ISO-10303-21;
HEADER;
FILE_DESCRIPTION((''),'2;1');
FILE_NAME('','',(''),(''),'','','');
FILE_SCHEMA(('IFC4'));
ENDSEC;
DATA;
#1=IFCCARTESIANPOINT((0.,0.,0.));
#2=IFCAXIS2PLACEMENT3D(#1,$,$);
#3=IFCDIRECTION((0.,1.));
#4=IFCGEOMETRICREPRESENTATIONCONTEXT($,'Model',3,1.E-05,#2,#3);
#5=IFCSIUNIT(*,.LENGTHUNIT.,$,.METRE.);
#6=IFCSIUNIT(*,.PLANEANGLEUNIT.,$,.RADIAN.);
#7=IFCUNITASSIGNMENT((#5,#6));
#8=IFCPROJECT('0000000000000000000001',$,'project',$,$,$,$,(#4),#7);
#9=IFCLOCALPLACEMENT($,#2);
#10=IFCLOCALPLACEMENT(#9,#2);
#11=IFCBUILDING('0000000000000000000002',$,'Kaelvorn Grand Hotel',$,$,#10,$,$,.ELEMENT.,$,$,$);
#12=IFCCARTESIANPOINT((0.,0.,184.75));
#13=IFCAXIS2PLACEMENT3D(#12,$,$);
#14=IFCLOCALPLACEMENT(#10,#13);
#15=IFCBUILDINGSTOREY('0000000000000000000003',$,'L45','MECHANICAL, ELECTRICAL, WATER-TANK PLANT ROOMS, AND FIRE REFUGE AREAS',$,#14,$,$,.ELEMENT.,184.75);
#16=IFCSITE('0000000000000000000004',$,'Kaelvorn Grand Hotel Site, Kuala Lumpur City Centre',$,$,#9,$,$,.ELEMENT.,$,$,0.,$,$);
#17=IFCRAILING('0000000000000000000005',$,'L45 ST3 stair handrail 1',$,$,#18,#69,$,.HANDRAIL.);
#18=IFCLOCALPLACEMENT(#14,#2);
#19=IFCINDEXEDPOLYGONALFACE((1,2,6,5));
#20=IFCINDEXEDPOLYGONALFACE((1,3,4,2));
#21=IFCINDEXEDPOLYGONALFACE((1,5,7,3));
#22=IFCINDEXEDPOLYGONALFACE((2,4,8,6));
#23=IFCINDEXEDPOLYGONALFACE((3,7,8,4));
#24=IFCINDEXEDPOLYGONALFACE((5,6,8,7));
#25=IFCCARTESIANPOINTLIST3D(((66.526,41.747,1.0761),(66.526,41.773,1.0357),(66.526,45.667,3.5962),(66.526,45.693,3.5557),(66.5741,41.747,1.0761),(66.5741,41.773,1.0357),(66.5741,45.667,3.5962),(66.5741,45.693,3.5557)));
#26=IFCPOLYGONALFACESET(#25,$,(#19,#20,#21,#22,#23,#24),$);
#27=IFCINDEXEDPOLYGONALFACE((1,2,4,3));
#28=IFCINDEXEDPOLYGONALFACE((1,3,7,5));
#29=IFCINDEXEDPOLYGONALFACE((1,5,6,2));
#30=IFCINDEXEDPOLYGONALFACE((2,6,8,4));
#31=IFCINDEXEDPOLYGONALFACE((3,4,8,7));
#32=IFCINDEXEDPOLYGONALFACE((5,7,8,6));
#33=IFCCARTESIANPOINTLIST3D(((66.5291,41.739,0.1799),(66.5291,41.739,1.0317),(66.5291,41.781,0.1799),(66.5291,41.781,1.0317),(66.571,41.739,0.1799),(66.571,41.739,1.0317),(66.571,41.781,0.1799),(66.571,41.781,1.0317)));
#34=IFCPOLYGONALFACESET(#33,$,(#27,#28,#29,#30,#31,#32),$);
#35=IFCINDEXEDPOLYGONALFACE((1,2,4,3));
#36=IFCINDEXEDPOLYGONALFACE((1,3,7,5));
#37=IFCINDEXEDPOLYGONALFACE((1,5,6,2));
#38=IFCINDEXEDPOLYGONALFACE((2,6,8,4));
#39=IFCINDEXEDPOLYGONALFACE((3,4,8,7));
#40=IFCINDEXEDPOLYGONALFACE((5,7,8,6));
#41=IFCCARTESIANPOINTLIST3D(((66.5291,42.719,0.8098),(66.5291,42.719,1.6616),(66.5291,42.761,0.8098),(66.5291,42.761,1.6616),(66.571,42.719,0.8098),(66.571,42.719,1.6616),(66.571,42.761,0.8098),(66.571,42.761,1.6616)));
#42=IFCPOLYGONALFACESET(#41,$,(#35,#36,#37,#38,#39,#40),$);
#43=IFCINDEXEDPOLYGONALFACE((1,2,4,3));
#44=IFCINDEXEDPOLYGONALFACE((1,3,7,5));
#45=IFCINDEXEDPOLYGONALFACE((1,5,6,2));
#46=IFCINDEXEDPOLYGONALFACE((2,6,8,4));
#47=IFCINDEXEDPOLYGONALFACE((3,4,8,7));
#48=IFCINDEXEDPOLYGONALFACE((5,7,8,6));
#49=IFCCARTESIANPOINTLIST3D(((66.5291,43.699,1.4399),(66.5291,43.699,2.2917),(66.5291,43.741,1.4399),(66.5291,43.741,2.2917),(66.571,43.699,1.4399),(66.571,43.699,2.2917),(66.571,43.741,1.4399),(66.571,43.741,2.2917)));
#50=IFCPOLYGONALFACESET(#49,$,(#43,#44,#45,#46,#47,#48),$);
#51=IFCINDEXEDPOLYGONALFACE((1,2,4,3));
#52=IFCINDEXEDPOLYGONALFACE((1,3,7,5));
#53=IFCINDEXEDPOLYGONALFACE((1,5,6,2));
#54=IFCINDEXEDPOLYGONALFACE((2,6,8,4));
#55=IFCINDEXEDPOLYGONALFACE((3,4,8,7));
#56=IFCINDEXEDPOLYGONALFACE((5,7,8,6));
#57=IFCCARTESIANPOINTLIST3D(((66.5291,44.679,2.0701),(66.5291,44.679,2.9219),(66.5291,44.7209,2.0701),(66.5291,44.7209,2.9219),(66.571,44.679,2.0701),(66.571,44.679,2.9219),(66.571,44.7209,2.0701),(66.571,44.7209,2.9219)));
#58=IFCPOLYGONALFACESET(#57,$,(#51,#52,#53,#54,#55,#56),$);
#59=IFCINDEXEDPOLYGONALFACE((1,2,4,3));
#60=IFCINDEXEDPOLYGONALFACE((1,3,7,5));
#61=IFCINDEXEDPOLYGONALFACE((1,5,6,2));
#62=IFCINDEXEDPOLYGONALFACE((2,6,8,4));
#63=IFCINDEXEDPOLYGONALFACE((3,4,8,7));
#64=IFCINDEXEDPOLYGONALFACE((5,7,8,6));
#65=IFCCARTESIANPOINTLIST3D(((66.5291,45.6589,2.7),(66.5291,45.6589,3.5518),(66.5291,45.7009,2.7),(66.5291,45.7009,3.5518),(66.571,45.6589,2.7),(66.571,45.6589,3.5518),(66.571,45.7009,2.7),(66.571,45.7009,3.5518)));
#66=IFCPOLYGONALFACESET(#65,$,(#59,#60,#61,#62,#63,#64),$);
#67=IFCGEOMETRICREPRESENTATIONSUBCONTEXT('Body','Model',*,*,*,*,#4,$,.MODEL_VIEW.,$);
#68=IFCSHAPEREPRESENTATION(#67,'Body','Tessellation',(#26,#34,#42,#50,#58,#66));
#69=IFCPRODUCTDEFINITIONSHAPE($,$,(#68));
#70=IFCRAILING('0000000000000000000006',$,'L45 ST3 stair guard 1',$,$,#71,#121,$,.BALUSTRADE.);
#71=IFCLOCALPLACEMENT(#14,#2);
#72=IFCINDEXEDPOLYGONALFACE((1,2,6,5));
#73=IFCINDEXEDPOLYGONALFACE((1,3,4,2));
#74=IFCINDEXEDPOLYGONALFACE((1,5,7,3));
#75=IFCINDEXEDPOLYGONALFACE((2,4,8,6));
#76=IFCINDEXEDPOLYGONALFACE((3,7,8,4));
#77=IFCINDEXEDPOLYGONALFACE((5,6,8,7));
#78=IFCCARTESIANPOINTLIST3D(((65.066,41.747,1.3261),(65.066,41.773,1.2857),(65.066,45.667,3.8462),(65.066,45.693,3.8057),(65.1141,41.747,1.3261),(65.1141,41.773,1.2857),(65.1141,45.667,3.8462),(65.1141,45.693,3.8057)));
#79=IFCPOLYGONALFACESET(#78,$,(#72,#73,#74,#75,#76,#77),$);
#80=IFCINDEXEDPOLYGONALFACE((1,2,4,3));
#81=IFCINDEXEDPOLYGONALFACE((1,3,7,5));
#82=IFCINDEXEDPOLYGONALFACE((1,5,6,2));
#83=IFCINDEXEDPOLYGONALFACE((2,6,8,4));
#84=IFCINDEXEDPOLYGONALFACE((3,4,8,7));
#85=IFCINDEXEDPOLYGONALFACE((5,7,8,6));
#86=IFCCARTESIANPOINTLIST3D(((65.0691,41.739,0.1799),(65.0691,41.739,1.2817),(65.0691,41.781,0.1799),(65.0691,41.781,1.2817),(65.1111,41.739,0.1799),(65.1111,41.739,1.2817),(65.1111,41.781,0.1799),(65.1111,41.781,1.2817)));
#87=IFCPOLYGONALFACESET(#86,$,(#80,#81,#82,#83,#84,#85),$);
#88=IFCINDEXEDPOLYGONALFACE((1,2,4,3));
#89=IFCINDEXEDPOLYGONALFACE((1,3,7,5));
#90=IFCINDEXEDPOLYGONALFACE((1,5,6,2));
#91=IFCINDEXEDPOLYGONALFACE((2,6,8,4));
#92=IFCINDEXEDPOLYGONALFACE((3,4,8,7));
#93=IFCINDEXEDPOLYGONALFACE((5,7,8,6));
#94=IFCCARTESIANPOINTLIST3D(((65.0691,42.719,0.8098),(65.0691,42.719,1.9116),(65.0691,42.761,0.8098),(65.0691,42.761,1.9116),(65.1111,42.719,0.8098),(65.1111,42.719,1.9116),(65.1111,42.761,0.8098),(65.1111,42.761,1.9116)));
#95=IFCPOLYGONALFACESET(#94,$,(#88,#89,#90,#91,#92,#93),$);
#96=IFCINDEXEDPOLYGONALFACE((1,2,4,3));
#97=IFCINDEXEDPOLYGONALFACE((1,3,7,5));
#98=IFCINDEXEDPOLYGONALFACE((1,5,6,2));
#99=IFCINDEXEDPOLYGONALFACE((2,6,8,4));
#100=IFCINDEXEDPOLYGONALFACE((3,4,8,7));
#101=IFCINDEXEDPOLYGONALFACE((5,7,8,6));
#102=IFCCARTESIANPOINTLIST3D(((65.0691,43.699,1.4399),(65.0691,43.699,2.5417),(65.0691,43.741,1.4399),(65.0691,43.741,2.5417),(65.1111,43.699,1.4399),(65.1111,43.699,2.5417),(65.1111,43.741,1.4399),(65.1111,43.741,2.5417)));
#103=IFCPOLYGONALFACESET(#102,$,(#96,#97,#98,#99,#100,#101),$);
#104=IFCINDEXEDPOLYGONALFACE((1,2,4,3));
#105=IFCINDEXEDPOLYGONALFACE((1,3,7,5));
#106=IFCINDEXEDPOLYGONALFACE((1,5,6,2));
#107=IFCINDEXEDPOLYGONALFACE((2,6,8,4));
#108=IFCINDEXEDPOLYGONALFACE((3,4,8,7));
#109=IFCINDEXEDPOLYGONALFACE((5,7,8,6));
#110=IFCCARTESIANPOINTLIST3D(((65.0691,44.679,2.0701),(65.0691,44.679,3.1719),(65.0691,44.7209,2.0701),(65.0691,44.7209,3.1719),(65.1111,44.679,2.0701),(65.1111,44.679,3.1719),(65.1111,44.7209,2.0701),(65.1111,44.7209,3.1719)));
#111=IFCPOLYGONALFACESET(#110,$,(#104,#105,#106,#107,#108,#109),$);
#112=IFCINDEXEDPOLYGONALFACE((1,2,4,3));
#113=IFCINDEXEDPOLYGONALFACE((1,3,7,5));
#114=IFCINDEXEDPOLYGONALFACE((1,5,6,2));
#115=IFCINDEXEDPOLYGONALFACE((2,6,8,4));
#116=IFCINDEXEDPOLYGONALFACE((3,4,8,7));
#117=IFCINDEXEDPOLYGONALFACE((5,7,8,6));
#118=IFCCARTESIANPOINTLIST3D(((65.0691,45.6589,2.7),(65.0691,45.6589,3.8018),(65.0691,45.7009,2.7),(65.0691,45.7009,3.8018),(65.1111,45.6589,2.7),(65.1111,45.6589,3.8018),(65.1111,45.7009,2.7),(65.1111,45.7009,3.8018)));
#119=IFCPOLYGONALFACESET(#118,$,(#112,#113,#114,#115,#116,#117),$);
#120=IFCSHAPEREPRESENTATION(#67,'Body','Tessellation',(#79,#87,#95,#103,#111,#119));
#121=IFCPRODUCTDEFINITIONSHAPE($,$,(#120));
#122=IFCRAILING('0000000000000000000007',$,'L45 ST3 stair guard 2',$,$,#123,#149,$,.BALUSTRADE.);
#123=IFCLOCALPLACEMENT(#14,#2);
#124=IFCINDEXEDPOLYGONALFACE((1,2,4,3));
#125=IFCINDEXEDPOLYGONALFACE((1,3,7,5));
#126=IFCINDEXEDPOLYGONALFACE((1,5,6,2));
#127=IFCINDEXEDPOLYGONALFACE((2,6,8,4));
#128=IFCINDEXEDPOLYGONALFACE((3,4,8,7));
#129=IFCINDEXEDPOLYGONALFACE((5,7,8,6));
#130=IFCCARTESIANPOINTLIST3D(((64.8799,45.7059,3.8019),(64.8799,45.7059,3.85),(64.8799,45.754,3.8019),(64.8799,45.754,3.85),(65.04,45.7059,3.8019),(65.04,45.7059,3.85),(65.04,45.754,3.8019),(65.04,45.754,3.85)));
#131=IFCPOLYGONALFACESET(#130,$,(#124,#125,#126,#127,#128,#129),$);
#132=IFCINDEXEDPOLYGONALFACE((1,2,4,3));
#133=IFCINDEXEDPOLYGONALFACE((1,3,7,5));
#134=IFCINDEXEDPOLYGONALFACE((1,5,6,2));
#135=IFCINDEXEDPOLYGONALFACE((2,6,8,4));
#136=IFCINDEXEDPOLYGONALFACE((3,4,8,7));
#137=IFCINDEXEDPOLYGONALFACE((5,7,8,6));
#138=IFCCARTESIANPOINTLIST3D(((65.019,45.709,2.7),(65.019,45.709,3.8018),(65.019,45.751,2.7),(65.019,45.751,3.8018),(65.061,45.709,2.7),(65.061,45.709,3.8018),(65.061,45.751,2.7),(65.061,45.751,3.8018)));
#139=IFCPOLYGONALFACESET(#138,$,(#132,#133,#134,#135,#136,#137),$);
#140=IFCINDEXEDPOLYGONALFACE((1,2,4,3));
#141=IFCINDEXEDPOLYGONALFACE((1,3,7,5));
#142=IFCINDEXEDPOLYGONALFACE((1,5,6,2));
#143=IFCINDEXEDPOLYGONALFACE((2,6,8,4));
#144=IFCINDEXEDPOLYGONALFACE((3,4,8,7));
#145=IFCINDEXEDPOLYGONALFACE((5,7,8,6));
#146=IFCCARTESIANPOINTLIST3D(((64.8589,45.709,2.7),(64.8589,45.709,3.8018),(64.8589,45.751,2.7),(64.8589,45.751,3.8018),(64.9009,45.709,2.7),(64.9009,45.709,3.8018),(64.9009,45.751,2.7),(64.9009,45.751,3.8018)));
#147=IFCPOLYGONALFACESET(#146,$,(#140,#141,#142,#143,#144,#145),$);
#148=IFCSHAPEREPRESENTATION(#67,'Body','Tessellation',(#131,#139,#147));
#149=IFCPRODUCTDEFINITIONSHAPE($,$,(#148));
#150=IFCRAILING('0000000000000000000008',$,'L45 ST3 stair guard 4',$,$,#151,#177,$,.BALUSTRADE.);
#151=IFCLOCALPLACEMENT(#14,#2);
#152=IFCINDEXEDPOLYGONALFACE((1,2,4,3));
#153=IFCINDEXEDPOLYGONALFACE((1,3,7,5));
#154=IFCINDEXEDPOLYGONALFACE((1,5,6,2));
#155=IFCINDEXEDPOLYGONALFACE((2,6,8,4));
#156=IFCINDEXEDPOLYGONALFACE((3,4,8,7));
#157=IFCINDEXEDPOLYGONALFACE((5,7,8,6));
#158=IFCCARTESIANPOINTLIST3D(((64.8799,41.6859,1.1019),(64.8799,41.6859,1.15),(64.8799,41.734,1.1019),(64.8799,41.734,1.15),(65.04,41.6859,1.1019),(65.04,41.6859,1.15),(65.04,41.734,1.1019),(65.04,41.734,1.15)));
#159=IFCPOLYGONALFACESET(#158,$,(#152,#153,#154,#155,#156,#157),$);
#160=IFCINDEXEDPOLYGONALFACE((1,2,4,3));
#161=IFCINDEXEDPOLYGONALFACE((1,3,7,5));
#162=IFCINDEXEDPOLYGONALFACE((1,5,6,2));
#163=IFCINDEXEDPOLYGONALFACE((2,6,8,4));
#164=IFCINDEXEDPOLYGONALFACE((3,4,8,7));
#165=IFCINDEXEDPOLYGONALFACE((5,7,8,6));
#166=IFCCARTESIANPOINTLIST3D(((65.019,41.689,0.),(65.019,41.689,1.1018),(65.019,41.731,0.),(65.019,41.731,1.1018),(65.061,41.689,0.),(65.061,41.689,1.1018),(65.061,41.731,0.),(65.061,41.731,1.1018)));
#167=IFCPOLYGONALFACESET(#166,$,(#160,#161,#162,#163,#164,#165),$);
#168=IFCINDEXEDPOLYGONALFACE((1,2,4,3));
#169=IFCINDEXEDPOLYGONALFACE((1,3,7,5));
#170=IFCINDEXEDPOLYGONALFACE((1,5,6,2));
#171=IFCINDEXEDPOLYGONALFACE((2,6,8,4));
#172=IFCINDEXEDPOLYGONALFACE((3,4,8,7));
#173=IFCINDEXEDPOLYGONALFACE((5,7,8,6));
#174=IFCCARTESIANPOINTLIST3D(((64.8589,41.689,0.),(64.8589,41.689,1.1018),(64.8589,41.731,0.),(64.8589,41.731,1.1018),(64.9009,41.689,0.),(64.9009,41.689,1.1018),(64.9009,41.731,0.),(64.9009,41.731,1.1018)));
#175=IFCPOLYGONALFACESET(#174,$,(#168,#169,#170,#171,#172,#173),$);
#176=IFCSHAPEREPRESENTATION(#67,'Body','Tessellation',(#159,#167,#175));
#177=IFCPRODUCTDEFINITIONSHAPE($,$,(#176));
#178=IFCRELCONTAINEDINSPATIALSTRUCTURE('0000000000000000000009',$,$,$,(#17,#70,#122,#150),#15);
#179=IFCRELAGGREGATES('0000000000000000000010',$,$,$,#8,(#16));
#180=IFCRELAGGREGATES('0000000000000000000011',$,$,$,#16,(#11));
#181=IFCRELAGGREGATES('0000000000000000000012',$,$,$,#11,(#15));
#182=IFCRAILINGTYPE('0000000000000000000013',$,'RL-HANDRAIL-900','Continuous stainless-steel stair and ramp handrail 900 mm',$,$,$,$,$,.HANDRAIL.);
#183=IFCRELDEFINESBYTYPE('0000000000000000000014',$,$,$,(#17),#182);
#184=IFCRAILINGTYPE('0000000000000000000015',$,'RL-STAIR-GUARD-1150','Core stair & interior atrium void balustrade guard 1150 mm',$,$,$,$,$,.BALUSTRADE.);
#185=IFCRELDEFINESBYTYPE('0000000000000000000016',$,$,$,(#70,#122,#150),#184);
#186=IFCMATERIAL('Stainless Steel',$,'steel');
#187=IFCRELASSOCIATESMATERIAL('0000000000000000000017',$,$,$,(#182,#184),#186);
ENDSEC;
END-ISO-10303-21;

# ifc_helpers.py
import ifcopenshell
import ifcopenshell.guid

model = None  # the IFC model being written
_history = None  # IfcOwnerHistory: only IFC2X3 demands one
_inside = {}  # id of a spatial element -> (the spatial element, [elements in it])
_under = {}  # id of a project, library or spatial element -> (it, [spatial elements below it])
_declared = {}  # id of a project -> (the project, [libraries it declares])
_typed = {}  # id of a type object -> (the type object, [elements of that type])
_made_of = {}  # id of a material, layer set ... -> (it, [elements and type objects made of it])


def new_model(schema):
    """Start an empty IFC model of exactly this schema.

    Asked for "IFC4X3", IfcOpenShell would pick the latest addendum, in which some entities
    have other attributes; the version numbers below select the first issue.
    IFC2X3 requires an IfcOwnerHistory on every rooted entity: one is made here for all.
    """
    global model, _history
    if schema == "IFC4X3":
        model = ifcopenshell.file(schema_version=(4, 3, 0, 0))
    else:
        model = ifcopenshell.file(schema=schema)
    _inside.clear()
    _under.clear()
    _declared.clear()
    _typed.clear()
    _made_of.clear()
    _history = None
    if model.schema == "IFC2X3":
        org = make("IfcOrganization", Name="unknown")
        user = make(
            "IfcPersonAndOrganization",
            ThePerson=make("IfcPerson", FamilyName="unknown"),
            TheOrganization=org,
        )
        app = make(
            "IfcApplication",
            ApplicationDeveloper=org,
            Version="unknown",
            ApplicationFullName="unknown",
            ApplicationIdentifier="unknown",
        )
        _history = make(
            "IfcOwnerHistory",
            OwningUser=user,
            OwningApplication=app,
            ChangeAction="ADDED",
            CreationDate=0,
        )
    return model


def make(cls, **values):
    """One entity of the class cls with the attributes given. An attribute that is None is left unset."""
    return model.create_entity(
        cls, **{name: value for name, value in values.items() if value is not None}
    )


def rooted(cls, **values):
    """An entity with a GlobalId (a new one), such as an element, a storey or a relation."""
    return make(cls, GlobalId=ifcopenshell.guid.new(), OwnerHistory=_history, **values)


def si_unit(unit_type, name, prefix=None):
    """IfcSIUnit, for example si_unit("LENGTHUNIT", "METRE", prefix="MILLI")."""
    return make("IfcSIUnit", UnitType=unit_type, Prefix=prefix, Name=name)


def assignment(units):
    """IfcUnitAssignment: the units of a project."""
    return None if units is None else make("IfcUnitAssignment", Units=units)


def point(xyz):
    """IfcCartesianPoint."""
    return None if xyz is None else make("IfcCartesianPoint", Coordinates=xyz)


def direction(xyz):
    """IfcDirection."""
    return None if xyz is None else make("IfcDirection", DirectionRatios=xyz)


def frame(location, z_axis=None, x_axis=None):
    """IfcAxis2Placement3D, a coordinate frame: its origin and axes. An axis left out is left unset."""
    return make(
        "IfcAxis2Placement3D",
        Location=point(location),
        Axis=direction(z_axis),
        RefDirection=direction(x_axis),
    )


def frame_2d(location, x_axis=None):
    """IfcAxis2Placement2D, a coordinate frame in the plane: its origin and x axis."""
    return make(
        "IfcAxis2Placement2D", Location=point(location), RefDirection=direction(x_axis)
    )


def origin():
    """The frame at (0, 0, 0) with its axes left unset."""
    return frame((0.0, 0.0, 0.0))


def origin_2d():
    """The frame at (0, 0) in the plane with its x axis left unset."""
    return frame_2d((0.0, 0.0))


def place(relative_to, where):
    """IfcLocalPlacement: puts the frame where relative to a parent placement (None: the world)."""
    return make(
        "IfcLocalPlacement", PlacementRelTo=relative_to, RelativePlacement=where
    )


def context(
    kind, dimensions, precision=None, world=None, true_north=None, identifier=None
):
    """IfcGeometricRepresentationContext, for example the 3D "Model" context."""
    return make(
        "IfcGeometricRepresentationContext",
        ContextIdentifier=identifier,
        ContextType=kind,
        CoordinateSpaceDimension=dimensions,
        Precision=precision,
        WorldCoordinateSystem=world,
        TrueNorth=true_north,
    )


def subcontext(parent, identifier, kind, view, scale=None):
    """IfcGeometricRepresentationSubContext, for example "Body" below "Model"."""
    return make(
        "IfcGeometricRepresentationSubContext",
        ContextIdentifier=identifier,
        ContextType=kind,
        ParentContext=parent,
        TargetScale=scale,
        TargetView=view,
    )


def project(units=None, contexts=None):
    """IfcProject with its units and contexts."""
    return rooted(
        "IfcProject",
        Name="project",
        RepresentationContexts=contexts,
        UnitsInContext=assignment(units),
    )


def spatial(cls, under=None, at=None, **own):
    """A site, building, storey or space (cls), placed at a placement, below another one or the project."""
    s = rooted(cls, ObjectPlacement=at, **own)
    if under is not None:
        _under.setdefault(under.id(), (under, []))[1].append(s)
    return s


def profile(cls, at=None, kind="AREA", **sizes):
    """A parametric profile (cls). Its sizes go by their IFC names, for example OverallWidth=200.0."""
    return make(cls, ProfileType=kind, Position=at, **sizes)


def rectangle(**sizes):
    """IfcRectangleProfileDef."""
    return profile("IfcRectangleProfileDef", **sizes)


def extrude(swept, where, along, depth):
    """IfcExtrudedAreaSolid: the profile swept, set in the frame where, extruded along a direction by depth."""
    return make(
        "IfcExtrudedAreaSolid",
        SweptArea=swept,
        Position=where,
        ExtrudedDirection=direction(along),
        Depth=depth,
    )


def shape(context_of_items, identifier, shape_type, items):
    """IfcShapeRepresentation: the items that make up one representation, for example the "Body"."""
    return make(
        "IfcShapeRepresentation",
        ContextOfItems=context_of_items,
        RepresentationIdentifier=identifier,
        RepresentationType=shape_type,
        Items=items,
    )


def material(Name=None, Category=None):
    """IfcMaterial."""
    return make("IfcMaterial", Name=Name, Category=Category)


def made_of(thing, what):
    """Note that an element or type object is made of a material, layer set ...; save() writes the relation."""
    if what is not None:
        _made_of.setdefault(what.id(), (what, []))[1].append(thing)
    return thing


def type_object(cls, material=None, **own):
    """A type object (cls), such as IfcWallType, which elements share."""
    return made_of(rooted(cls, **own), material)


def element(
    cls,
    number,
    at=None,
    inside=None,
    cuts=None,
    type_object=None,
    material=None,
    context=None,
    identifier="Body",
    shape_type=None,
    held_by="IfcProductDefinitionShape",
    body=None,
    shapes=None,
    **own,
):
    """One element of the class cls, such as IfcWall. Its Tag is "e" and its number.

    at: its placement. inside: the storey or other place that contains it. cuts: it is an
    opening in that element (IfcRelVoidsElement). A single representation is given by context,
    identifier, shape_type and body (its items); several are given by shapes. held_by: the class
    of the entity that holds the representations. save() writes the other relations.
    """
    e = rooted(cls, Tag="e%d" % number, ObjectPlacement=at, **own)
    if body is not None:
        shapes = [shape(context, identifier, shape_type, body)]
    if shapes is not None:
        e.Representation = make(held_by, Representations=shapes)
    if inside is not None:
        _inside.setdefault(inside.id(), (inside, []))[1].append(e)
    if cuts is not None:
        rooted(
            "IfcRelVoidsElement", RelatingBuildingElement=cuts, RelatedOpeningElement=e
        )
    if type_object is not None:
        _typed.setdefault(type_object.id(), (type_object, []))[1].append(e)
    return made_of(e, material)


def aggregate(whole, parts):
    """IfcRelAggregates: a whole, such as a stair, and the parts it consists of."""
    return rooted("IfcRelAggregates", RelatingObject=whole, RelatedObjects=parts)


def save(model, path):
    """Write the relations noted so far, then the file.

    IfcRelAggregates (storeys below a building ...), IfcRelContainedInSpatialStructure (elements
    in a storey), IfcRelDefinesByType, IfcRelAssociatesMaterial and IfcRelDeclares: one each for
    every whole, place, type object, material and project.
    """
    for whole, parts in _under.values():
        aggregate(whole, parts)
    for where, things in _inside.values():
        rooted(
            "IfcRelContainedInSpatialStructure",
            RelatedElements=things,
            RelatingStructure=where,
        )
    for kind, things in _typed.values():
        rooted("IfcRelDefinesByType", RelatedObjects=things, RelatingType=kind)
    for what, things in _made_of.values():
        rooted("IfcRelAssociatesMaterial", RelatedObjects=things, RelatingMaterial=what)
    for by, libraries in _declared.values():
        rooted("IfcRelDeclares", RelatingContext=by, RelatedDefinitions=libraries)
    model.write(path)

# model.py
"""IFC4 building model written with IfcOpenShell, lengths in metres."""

from ifc_helpers import new_model, si_unit, direction, frame, origin, origin_2d, place, context, subcontext, project, spatial, rectangle, extrude, material, type_object, element, save


model = new_model("IFC4")

# Units and contexts
model_context = context("Model", 3, precision=1e-05, world=origin(), true_north=direction((0.0, 1.0)))
body_context = subcontext(model_context, "Body", "Model", "MODEL_VIEW")
ifc_project = project(units=[si_unit("LENGTHUNIT", "METRE"), si_unit("PLANEANGLEUNIT", "RADIAN")], contexts=[model_context])

# Site, building, storey
site_placement = place(None, origin())
site = spatial("IfcSite", under=ifc_project, at=site_placement, Name="Kaelvorn Grand Hotel Site, Kuala Lumpur City Centre", CompositionType="ELEMENT", RefElevation=0.0)
building_placement = place(site_placement, origin())
building = spatial("IfcBuilding", under=site, at=building_placement, Name="Kaelvorn Grand Hotel", CompositionType="ELEMENT")
storey_placement = place(building_placement, frame((0.0, 0.0, 184.75)))
storey = spatial("IfcBuildingStorey", under=building, at=storey_placement, Name="L45", Description="MECHANICAL, ELECTRICAL, WATER-TANK PLANT ROOMS, AND FIRE REFUGE AREAS", CompositionType="ELEMENT", Elevation=184.75)

# Railings
ifc_material_1 = material(Name="Stainless Steel", Category="steel")
railing_type_1 = type_object("IfcRailingType", Name="RL-HANDRAIL-900", Description="Continuous stainless-steel stair and ramp handrail 900 mm", PredefinedType="HANDRAIL", material=ifc_material_1)
railing_1_placement = place(storey_placement, frame((66.55, 41.76, 0.1799)))
element("IfcRailing", 1, at=railing_1_placement, inside=storey, type_object=railing_type_1, Name="L45 ST3 stair handrail 1", PredefinedType="HANDRAIL", context=body_context, shape_type="SweptSolid", body=[
    extrude(rectangle(XDim=0.0481, YDim=0.0481, at=origin_2d()), frame((0.0, 0.0, 0.876), z_axis=(0.0, 0.841172, 0.540768), x_axis=(-1.0, 0.0, 0.0)), (0.0, 0.0, 1.0), 4.6602),
    extrude(rectangle(XDim=0.042, YDim=0.042, at=origin_2d()), origin(), (0.0, 0.0, 1.0), 0.8518),
    extrude(rectangle(XDim=0.042, YDim=0.042, at=origin_2d()), frame((0.0, 0.98, 0.6299)), (0.0, 0.0, 1.0), 0.8518),
    extrude(rectangle(XDim=0.042, YDim=0.042, at=origin_2d()), frame((0.0, 1.96, 1.26)), (0.0, 0.0, 1.0), 0.8518),
    extrude(rectangle(XDim=0.042, YDim=0.042, at=origin_2d()), frame((0.0, 2.9399, 1.8901)), (0.0, 0.0, 1.0), 0.8518),
    extrude(rectangle(XDim=0.042, YDim=0.042, at=origin_2d()), frame((0.0, 3.9199, 2.52)), (0.0, 0.0, 1.0), 0.8518),
])
railing_type_2 = type_object("IfcRailingType", Name="RL-STAIR-GUARD-1150", Description="Core stair & interior atrium void balustrade guard 1150 mm", PredefinedType="BALUSTRADE", material=ifc_material_1)
railing_2_placement = place(storey_placement, frame((65.0901, 41.76, 0.1799)))
element("IfcRailing", 2, at=railing_2_placement, inside=storey, type_object=railing_type_2, Name="L45 ST3 stair guard 1", PredefinedType="BALUSTRADE", context=body_context, shape_type="SweptSolid", body=[
    extrude(rectangle(XDim=0.0481, YDim=0.0481, at=origin_2d()), frame((0.0, 0.0, 1.126), z_axis=(0.0, 0.841172, 0.540768), x_axis=(-1.0, 0.0, 0.0)), (0.0, 0.0, 1.0), 4.6602),
    extrude(rectangle(XDim=0.042, YDim=0.042, at=origin_2d()), origin(), (0.0, 0.0, 1.0), 1.1018),
    extrude(rectangle(XDim=0.042, YDim=0.042, at=origin_2d()), frame((0.0, 0.98, 0.6299)), (0.0, 0.0, 1.0), 1.1018),
    extrude(rectangle(XDim=0.042, YDim=0.042, at=origin_2d()), frame((0.0, 1.96, 1.26)), (0.0, 0.0, 1.0), 1.1018),
    extrude(rectangle(XDim=0.042, YDim=0.042, at=origin_2d()), frame((0.0, 2.9399, 1.8901)), (0.0, 0.0, 1.0), 1.1018),
    extrude(rectangle(XDim=0.042, YDim=0.042, at=origin_2d()), frame((0.0, 3.9199, 2.52)), (0.0, 0.0, 1.0), 1.1018),
])
for number, where, name in (
    (3, (65.04, 45.73, 2.7), "L45 ST3 stair guard 2"),
    (4, (65.04, 41.71, 0.0), "L45 ST3 stair guard 4"),
):
    element("IfcRailing", number, at=place(storey_placement, frame(where)), inside=storey, type_object=railing_type_2, Name=name, PredefinedType="BALUSTRADE", context=body_context, shape_type="SweptSolid", body=[
        extrude(rectangle(XDim=0.0481, YDim=0.0481, at=origin_2d()), frame((0.0, 0.0, 1.126), z_axis=(-1.0, 0.0, 0.0), x_axis=(0.0, -1.0, 0.0)), (0.0, 0.0, 1.0), 0.1602),
        extrude(rectangle(XDim=0.042, YDim=0.042, at=origin_2d()), origin(), (0.0, 0.0, 1.0), 1.1018),
        extrude(rectangle(XDim=0.042, YDim=0.042, at=origin_2d()), frame((-0.1602, 0.0, 0.0)), (0.0, 0.0, 1.0), 1.1018),
    ])

save(model, "model.ifc")
